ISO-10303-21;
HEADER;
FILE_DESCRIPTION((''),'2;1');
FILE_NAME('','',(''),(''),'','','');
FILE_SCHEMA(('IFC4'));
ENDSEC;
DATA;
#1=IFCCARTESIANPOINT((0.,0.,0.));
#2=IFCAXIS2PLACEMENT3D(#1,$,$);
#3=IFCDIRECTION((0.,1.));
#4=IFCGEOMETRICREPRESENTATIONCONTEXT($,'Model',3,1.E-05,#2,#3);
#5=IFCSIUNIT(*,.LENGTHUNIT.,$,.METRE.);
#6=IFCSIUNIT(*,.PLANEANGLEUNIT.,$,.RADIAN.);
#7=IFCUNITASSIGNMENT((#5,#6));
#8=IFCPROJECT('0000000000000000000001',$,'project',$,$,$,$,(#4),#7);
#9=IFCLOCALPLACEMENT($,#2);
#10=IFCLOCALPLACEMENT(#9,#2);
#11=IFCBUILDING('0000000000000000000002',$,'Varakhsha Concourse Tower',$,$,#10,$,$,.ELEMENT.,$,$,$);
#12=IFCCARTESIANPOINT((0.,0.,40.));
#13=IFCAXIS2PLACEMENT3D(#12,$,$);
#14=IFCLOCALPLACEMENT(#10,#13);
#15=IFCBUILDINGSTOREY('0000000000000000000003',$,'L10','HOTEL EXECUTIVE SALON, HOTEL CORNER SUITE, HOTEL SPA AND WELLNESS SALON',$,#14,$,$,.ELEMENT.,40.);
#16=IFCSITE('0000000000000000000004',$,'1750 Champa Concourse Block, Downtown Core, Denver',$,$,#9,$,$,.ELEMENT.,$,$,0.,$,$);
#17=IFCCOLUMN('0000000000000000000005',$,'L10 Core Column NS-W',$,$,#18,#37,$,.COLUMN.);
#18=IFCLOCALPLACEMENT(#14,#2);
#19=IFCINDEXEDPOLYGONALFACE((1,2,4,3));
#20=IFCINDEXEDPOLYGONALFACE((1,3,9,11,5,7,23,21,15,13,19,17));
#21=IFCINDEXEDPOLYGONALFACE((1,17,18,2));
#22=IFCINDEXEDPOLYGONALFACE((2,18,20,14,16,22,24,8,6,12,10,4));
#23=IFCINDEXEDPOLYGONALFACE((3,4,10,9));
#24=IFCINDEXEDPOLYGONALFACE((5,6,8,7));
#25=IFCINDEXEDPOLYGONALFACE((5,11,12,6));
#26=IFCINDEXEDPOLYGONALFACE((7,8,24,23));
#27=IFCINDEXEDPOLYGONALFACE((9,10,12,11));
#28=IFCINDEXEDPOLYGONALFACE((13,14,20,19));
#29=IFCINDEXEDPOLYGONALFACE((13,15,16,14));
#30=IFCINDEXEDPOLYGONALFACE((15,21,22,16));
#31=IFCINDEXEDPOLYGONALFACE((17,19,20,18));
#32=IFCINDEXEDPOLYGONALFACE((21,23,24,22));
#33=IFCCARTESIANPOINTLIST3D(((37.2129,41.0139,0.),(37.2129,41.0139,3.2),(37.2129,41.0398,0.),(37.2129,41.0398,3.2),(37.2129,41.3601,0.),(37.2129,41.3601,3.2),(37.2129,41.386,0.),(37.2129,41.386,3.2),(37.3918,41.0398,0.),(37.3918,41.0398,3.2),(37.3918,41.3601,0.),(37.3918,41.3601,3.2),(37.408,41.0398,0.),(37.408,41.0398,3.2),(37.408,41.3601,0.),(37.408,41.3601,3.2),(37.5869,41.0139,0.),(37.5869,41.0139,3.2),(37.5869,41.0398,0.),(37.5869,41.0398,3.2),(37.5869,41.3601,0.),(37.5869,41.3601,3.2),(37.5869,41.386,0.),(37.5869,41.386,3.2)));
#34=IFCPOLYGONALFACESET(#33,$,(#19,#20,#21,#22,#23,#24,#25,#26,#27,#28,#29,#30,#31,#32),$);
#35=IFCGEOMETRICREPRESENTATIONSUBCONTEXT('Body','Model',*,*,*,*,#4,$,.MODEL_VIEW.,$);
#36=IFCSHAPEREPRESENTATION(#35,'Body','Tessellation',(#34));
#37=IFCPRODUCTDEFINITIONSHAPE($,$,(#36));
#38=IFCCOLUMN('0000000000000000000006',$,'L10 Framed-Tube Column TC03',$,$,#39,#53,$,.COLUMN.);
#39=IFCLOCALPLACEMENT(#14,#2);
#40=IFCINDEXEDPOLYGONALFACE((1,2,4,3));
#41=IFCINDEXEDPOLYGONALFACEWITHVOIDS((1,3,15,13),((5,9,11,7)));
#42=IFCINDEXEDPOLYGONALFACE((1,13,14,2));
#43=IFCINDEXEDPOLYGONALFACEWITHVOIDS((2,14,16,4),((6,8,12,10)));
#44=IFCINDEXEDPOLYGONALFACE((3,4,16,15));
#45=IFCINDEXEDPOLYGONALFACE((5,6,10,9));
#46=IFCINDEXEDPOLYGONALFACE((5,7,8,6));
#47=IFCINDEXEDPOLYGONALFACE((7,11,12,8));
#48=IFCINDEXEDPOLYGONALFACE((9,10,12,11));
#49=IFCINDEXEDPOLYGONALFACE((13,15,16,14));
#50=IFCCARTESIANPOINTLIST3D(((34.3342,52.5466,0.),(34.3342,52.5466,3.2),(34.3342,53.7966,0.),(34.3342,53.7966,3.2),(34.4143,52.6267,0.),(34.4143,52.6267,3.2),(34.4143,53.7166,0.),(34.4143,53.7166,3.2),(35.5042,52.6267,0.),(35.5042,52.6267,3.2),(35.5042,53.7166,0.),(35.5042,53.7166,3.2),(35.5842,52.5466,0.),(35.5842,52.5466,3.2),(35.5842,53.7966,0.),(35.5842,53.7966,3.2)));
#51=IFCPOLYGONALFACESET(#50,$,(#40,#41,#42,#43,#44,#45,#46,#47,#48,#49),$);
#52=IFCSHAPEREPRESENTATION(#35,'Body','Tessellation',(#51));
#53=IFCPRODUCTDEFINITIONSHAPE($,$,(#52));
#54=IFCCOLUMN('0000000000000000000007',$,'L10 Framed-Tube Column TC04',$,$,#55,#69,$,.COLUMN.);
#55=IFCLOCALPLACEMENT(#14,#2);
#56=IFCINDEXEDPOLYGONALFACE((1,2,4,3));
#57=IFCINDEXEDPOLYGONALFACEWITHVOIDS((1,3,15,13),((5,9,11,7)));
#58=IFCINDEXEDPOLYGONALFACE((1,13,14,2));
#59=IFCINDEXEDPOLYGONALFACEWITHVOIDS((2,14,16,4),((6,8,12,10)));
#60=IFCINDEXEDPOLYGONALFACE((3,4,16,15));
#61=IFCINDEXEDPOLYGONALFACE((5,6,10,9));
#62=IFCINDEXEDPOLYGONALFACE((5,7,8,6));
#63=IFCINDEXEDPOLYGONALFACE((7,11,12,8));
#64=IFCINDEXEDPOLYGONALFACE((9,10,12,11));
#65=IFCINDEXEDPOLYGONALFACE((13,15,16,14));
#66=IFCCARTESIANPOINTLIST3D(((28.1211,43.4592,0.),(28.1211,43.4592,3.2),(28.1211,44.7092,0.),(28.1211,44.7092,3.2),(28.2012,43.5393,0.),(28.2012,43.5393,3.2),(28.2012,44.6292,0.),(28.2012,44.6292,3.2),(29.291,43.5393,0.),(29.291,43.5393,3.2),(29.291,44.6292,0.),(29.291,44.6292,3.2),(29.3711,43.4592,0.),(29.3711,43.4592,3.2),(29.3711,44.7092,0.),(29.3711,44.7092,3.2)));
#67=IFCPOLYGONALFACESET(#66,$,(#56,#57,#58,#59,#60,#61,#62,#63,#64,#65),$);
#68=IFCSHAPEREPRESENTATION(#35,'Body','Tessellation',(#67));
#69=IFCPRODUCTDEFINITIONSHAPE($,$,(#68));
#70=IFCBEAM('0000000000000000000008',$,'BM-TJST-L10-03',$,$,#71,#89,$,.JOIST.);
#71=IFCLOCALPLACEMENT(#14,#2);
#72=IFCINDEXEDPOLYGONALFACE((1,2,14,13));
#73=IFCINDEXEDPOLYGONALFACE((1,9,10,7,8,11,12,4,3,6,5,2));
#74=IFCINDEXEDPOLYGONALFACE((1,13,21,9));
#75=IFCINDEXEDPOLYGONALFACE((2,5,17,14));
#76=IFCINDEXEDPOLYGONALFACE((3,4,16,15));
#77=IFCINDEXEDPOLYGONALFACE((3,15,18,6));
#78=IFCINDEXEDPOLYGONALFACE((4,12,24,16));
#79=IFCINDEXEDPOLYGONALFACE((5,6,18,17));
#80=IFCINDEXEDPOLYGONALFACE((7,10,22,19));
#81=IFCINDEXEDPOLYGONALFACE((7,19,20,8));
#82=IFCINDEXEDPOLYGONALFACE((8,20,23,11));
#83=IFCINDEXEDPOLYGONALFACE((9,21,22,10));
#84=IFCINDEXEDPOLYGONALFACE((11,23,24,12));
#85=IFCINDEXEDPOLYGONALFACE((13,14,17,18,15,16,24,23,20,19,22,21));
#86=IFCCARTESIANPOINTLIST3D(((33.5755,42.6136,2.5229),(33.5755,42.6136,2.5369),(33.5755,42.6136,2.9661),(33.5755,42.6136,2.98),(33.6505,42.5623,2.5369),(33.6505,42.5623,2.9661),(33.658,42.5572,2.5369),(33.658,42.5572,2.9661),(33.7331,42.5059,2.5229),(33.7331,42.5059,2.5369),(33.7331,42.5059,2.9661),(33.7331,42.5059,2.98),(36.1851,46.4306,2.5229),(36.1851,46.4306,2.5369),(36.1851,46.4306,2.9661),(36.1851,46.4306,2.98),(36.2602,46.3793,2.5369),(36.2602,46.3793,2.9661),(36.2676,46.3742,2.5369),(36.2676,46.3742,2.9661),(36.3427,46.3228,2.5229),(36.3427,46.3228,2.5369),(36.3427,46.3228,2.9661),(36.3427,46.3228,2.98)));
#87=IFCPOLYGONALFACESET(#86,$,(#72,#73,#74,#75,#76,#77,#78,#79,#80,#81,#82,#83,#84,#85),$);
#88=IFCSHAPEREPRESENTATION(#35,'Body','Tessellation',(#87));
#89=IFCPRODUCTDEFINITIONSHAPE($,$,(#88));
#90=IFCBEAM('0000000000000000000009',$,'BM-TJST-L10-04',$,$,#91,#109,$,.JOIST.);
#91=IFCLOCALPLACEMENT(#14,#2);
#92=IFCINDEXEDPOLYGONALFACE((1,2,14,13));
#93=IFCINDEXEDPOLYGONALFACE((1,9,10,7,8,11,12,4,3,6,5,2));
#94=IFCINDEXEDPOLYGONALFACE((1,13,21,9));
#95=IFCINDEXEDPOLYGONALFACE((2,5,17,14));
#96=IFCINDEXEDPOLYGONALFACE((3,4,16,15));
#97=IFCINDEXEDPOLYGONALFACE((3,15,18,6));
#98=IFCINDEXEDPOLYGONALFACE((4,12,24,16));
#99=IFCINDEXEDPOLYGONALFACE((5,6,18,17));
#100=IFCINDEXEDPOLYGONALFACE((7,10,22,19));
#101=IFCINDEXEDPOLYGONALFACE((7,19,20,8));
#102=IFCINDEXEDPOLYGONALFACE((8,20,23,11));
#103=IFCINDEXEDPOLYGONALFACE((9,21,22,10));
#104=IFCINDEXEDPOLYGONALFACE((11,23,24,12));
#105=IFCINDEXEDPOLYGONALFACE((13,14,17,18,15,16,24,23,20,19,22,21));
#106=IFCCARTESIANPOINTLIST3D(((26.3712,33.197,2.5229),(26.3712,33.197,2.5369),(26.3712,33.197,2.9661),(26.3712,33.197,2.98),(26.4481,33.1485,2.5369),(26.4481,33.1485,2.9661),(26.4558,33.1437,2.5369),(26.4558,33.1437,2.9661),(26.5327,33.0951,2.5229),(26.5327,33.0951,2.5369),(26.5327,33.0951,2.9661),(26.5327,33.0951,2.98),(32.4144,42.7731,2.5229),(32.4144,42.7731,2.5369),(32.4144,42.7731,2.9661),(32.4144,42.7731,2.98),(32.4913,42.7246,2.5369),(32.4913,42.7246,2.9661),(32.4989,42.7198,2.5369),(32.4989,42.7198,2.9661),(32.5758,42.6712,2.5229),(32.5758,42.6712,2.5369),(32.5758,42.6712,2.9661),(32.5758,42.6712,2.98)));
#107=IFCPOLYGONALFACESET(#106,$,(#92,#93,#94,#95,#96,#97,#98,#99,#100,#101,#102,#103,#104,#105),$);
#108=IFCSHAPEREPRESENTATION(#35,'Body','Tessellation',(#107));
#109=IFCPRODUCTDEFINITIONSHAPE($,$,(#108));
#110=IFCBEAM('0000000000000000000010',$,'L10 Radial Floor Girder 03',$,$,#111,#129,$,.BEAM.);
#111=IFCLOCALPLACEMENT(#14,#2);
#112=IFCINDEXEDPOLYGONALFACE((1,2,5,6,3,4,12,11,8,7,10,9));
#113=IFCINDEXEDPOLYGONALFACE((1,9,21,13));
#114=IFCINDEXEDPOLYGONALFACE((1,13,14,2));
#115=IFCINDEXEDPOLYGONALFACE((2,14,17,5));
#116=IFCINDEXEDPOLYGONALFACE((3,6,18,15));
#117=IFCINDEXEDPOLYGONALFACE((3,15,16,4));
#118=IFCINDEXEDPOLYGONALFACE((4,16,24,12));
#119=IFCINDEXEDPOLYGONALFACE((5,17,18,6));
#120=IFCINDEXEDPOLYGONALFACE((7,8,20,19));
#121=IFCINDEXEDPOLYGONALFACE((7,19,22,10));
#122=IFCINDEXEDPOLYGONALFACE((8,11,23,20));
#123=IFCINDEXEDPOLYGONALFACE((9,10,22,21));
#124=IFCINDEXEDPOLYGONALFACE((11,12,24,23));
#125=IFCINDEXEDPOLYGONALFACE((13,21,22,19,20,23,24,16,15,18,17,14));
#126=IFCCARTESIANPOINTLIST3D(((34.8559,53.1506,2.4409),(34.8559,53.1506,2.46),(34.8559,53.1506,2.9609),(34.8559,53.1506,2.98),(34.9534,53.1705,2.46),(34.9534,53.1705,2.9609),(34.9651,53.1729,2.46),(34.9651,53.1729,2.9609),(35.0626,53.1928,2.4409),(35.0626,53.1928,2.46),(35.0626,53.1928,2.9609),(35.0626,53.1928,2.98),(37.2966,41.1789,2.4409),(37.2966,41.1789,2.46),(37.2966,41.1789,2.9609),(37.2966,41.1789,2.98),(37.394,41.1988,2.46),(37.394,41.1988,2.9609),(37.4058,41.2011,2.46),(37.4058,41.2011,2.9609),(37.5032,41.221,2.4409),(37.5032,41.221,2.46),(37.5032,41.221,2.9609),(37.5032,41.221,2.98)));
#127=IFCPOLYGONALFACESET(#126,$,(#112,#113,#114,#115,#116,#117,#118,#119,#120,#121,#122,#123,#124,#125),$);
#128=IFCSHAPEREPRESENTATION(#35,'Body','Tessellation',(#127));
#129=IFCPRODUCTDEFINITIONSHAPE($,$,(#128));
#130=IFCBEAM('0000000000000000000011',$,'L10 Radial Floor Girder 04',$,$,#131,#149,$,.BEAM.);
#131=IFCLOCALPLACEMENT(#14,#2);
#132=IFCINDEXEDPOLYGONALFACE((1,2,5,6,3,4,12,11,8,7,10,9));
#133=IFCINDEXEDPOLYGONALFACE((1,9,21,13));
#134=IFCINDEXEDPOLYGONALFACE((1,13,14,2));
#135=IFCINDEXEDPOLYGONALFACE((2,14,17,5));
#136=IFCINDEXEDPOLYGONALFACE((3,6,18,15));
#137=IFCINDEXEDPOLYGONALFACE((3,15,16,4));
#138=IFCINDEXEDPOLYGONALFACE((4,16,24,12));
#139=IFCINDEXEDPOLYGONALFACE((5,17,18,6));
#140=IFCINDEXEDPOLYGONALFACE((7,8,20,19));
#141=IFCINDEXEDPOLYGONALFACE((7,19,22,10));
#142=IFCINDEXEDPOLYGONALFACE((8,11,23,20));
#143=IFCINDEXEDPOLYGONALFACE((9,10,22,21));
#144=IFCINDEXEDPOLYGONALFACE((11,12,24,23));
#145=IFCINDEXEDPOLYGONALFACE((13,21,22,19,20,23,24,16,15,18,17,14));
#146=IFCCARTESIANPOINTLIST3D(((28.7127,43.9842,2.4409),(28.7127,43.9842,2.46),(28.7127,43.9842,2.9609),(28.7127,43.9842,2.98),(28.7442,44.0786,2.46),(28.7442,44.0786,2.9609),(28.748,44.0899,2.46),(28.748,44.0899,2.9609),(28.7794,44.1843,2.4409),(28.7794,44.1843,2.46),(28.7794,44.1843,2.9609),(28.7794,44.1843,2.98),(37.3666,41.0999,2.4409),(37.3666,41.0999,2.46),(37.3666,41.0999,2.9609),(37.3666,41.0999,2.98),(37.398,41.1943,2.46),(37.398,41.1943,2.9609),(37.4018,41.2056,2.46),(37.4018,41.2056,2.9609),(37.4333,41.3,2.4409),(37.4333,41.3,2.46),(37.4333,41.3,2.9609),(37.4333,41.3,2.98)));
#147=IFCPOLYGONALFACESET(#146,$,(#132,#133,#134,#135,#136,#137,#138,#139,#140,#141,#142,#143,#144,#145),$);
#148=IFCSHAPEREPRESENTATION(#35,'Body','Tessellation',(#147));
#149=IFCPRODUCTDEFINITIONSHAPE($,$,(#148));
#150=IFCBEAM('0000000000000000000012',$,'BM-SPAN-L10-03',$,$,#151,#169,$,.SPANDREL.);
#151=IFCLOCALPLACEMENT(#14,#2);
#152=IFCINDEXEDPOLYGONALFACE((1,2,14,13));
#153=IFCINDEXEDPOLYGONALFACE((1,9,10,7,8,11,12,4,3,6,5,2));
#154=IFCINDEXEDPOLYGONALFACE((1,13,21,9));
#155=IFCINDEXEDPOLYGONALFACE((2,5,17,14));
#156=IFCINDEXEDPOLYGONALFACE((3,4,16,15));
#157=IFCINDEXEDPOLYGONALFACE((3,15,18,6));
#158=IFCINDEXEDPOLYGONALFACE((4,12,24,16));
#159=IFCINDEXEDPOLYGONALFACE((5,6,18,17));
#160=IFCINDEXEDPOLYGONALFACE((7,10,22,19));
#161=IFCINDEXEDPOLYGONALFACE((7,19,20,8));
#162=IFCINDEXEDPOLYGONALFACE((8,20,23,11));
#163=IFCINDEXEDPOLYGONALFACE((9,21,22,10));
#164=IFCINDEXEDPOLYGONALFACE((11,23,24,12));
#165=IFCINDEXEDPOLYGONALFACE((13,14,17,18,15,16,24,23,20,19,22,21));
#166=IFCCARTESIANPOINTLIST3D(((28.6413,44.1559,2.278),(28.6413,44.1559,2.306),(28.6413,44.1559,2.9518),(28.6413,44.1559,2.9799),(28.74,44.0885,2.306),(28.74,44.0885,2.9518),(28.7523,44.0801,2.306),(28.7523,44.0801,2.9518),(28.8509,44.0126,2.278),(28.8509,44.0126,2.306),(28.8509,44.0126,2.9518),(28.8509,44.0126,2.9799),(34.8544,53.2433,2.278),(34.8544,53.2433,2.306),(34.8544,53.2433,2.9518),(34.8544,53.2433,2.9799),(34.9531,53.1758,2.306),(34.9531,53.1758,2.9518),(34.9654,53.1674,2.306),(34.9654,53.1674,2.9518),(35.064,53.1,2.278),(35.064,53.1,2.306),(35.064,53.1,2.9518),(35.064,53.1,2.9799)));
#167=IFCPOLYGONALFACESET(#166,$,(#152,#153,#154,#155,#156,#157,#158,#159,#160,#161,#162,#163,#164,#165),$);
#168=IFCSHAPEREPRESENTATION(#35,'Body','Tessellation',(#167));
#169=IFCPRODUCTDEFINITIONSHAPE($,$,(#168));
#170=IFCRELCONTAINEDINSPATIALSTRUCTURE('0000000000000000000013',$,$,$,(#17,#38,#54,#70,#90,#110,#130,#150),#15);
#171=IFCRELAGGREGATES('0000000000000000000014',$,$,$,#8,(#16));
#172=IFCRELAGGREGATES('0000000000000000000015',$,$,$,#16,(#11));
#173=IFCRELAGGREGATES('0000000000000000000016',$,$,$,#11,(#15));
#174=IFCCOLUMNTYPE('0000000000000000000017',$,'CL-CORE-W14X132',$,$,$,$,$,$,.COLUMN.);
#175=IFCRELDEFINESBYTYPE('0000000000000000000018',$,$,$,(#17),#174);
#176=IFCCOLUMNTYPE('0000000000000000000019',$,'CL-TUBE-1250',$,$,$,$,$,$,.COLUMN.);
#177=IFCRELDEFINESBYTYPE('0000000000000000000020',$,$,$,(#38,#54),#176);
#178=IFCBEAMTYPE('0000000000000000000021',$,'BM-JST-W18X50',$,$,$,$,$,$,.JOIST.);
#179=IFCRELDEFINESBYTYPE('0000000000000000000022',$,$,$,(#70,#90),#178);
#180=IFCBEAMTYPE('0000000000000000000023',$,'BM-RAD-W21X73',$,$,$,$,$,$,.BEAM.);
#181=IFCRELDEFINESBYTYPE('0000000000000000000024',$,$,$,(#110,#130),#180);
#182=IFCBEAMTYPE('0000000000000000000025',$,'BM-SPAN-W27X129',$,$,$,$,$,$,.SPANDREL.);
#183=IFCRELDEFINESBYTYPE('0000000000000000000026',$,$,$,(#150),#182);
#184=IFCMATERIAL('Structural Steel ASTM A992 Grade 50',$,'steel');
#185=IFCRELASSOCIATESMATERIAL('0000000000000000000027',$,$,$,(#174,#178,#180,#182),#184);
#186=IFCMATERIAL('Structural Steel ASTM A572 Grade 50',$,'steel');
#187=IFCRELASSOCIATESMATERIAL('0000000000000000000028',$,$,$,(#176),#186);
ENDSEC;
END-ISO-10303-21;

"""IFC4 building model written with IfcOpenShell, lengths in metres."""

from ifc_helpers import new_model, si_unit, direction, frame, origin, origin_2d, place, context, subcontext, project, spatial, hollow_rectangle, i_section, extrude, material, material_profile, profile_set, type_object, element, save


model = new_model("IFC4")

# Units and contexts
model_context = context("Model", 3, precision=1e-05, world=origin(), true_north=direction((0.0, 1.0)))
body_context = subcontext(model_context, "Body", "Model", "MODEL_VIEW")
ifc_project = project(units=[si_unit("LENGTHUNIT", "METRE"), si_unit("PLANEANGLEUNIT", "RADIAN")], contexts=[model_context])

# Site, building, storey
site_placement = place(None, origin())
site = spatial("IfcSite", under=ifc_project, at=site_placement, Name="1750 Champa Concourse Block, Downtown Core, Denver", CompositionType="ELEMENT", RefElevation=0.0)
building_placement = place(site_placement, origin())
building = spatial("IfcBuilding", under=site, at=building_placement, Name="Varakhsha Concourse Tower", CompositionType="ELEMENT")
storey_placement = place(building_placement, frame((0.0, 0.0, 40.0)))
storey = spatial("IfcBuildingStorey", under=building, at=storey_placement, Name="L10", Description="HOTEL EXECUTIVE SALON, HOTEL CORNER SUITE, HOTEL SPA AND WELLNESS SALON", CompositionType="ELEMENT", Elevation=40.0)

# Columns
ifc_material_1 = material(Name="Structural Steel ASTM A992 Grade 50", Category="steel")
ifc_material_profile_1 = material_profile(ifc_material_1, i_section(OverallWidth=0.374, OverallDepth=0.3721, WebThickness=0.0161, FlangeThickness=0.0259, at=origin_2d()), Name="W14X132")
ifc_profile_set_1 = profile_set([ifc_material_profile_1], Name="Structural Steel ASTM A992 Grade 50")
column_type_1 = type_object("IfcColumnType", Name="CL-CORE-W14X132", PredefinedType="COLUMN", material=ifc_profile_set_1)
column_placement = place(storey_placement, frame((37.3999, 41.2, 0.0), z_axis=(0.0, 0.0, 1.0), x_axis=(1.0, 0.0, 0.0)))
element("IfcColumn", 1, at=column_placement, inside=storey, type_object=column_type_1, Name="L10 Core Column NS-W", PredefinedType="COLUMN", context=body_context, shape_type="SweptSolid", body=[
    extrude(i_section(OverallWidth=0.374, OverallDepth=0.3721, WebThickness=0.0161, FlangeThickness=0.0259, at=origin_2d()), origin(), (0.0, 0.0, 1.0), 3.2),
])
ifc_material_2 = material(Name="Structural Steel ASTM A572 Grade 50", Category="steel")
ifc_material_profile_2 = material_profile(ifc_material_2, hollow_rectangle(XDim=1.25, YDim=1.25, WallThickness=0.0801, at=origin_2d()), Name="BOX 1250x1250x80")
ifc_profile_set_2 = profile_set([ifc_material_profile_2], Name="Structural Steel ASTM A572 Grade 50")
column_type_2 = type_object("IfcColumnType", Name="CL-TUBE-1250", PredefinedType="COLUMN", material=ifc_profile_set_2)
for number, where, z_axis, x_axis, name in (
    (2, (34.9592, 53.1716, 0.0), (0.0, 0.0, 1.0), (1.0, 0.0, 0.0), "L10 Framed-Tube Column TC03"),
    (3, (28.7461, 44.0842, 0.0), (0.0, 0.0, 1.0), (1.0, 0.0, 0.0), "L10 Framed-Tube Column TC04"),
):
    element("IfcColumn", number, at=place(storey_placement, frame(where, z_axis=z_axis, x_axis=x_axis)), inside=storey, type_object=column_type_2, Name=name, PredefinedType="COLUMN", context=body_context, shape_type="SweptSolid", body=[
        extrude(hollow_rectangle(XDim=1.25, YDim=1.25, WallThickness=0.0801, at=origin_2d()), origin(), (0.0, 0.0, 1.0), 3.2),
    ])

# Beams
ifc_material_profile_3 = material_profile(ifc_material_1, i_section(OverallWidth=0.1909, OverallDepth=0.457, WebThickness=0.009, FlangeThickness=0.0139, at=origin_2d()), Name="W18X50")
ifc_profile_set_3 = profile_set([ifc_material_profile_3], Name="Structural Steel ASTM A992 Grade 50")
beam_type_1 = type_object("IfcBeamType", Name="BM-JST-W18X50", PredefinedType="JOIST", material=ifc_profile_set_3)
beam_1_placement = place(storey_placement, frame((36.2639, 46.3767, 2.7515), z_axis=(-0.564398, -0.825503, 0.0), x_axis=(0.825503, -0.564398, 0.0)))
element("IfcBeam", 4, at=beam_1_placement, inside=storey, type_object=beam_type_1, Name="BM-TJST-L10-03", PredefinedType="JOIST", context=body_context, shape_type="SweptSolid", body=[
    extrude(i_section(OverallWidth=0.1909, OverallDepth=0.457, WebThickness=0.009, FlangeThickness=0.0139, at=origin_2d()), origin(), (0.0, 0.0, 1.0), 4.6238),
])
beam_2_placement = place(storey_placement, frame((32.4951, 42.7222, 2.7515), z_axis=(-0.533684, -0.845684, 0.0), x_axis=(0.845684, -0.533684, 0.0)))
element("IfcBeam", 5, at=beam_2_placement, inside=storey, type_object=beam_type_1, Name="BM-TJST-L10-04", PredefinedType="JOIST", context=body_context, shape_type="SweptSolid", body=[
    extrude(i_section(OverallWidth=0.1909, OverallDepth=0.457, WebThickness=0.009, FlangeThickness=0.0139, at=origin_2d()), origin(), (0.0, 0.0, 1.0), 11.3235),
])
ifc_material_profile_4 = material_profile(ifc_material_1, i_section(OverallWidth=0.2109, OverallDepth=0.5391, WebThickness=0.012, FlangeThickness=0.019, at=origin_2d()), Name="W21X73")
ifc_profile_set_4 = profile_set([ifc_material_profile_4], Name="Structural Steel ASTM A992 Grade 50")
beam_type_2 = type_object("IfcBeamType", Name="BM-RAD-W21X73", PredefinedType="BEAM", material=ifc_profile_set_4)
beam_3_placement = place(storey_placement, frame((37.3999, 41.2, 2.7104), z_axis=(-0.199762, 0.979845, 0.0), x_axis=(-0.979845, -0.199762, 0.0)))
element("IfcBeam", 6, at=beam_3_placement, inside=storey, type_object=beam_type_2, Name="L10 Radial Floor Girder 03", PredefinedType="BEAM", context=body_context, shape_type="SweptSolid", body=[
    extrude(i_section(OverallWidth=0.2109, OverallDepth=0.5391, WebThickness=0.012, FlangeThickness=0.019, at=origin_2d()), origin(), (0.0, 0.0, 1.0), 12.218),
])
beam_4_placement = place(storey_placement, frame((37.3999, 41.2, 2.7104), z_axis=(-0.948694, 0.316196, 0.0), x_axis=(-0.316196, -0.948694, 0.0)))
element("IfcBeam", 7, at=beam_4_placement, inside=storey, type_object=beam_type_2, Name="L10 Radial Floor Girder 04", PredefinedType="BEAM", context=body_context, shape_type="SweptSolid", body=[
    extrude(i_section(OverallWidth=0.2109, OverallDepth=0.5391, WebThickness=0.012, FlangeThickness=0.019, at=origin_2d()), origin(), (0.0, 0.0, 1.0), 9.1218),
])
ifc_material_profile_5 = material_profile(ifc_material_1, i_section(OverallWidth=0.2539, OverallDepth=0.7019, WebThickness=0.0149, FlangeThickness=0.0281, at=origin_2d()), Name="W27X129")
ifc_profile_set_5 = profile_set([ifc_material_profile_5], Name="Structural Steel ASTM A992 Grade 50")
beam_type_3 = type_object("IfcBeamType", Name="BM-SPAN-W27X129", PredefinedType="SPANDREL", material=ifc_profile_set_5)
beam_5_placement = place(storey_placement, frame((34.9592, 53.1716, 2.6289), z_axis=(-0.564402, -0.8255, 0.0), x_axis=(0.8255, -0.564402, 0.0)))
element("IfcBeam", 8, at=beam_5_placement, inside=storey, type_object=beam_type_3, Name="BM-SPAN-L10-03", PredefinedType="SPANDREL", context=body_context, shape_type="SweptSolid", body=[
    extrude(i_section(OverallWidth=0.2539, OverallDepth=0.7019, WebThickness=0.0149, FlangeThickness=0.0281, at=origin_2d()), origin(), (0.0, 0.0, 1.0), 11.0083),
])

save(model, "model.ifc")
